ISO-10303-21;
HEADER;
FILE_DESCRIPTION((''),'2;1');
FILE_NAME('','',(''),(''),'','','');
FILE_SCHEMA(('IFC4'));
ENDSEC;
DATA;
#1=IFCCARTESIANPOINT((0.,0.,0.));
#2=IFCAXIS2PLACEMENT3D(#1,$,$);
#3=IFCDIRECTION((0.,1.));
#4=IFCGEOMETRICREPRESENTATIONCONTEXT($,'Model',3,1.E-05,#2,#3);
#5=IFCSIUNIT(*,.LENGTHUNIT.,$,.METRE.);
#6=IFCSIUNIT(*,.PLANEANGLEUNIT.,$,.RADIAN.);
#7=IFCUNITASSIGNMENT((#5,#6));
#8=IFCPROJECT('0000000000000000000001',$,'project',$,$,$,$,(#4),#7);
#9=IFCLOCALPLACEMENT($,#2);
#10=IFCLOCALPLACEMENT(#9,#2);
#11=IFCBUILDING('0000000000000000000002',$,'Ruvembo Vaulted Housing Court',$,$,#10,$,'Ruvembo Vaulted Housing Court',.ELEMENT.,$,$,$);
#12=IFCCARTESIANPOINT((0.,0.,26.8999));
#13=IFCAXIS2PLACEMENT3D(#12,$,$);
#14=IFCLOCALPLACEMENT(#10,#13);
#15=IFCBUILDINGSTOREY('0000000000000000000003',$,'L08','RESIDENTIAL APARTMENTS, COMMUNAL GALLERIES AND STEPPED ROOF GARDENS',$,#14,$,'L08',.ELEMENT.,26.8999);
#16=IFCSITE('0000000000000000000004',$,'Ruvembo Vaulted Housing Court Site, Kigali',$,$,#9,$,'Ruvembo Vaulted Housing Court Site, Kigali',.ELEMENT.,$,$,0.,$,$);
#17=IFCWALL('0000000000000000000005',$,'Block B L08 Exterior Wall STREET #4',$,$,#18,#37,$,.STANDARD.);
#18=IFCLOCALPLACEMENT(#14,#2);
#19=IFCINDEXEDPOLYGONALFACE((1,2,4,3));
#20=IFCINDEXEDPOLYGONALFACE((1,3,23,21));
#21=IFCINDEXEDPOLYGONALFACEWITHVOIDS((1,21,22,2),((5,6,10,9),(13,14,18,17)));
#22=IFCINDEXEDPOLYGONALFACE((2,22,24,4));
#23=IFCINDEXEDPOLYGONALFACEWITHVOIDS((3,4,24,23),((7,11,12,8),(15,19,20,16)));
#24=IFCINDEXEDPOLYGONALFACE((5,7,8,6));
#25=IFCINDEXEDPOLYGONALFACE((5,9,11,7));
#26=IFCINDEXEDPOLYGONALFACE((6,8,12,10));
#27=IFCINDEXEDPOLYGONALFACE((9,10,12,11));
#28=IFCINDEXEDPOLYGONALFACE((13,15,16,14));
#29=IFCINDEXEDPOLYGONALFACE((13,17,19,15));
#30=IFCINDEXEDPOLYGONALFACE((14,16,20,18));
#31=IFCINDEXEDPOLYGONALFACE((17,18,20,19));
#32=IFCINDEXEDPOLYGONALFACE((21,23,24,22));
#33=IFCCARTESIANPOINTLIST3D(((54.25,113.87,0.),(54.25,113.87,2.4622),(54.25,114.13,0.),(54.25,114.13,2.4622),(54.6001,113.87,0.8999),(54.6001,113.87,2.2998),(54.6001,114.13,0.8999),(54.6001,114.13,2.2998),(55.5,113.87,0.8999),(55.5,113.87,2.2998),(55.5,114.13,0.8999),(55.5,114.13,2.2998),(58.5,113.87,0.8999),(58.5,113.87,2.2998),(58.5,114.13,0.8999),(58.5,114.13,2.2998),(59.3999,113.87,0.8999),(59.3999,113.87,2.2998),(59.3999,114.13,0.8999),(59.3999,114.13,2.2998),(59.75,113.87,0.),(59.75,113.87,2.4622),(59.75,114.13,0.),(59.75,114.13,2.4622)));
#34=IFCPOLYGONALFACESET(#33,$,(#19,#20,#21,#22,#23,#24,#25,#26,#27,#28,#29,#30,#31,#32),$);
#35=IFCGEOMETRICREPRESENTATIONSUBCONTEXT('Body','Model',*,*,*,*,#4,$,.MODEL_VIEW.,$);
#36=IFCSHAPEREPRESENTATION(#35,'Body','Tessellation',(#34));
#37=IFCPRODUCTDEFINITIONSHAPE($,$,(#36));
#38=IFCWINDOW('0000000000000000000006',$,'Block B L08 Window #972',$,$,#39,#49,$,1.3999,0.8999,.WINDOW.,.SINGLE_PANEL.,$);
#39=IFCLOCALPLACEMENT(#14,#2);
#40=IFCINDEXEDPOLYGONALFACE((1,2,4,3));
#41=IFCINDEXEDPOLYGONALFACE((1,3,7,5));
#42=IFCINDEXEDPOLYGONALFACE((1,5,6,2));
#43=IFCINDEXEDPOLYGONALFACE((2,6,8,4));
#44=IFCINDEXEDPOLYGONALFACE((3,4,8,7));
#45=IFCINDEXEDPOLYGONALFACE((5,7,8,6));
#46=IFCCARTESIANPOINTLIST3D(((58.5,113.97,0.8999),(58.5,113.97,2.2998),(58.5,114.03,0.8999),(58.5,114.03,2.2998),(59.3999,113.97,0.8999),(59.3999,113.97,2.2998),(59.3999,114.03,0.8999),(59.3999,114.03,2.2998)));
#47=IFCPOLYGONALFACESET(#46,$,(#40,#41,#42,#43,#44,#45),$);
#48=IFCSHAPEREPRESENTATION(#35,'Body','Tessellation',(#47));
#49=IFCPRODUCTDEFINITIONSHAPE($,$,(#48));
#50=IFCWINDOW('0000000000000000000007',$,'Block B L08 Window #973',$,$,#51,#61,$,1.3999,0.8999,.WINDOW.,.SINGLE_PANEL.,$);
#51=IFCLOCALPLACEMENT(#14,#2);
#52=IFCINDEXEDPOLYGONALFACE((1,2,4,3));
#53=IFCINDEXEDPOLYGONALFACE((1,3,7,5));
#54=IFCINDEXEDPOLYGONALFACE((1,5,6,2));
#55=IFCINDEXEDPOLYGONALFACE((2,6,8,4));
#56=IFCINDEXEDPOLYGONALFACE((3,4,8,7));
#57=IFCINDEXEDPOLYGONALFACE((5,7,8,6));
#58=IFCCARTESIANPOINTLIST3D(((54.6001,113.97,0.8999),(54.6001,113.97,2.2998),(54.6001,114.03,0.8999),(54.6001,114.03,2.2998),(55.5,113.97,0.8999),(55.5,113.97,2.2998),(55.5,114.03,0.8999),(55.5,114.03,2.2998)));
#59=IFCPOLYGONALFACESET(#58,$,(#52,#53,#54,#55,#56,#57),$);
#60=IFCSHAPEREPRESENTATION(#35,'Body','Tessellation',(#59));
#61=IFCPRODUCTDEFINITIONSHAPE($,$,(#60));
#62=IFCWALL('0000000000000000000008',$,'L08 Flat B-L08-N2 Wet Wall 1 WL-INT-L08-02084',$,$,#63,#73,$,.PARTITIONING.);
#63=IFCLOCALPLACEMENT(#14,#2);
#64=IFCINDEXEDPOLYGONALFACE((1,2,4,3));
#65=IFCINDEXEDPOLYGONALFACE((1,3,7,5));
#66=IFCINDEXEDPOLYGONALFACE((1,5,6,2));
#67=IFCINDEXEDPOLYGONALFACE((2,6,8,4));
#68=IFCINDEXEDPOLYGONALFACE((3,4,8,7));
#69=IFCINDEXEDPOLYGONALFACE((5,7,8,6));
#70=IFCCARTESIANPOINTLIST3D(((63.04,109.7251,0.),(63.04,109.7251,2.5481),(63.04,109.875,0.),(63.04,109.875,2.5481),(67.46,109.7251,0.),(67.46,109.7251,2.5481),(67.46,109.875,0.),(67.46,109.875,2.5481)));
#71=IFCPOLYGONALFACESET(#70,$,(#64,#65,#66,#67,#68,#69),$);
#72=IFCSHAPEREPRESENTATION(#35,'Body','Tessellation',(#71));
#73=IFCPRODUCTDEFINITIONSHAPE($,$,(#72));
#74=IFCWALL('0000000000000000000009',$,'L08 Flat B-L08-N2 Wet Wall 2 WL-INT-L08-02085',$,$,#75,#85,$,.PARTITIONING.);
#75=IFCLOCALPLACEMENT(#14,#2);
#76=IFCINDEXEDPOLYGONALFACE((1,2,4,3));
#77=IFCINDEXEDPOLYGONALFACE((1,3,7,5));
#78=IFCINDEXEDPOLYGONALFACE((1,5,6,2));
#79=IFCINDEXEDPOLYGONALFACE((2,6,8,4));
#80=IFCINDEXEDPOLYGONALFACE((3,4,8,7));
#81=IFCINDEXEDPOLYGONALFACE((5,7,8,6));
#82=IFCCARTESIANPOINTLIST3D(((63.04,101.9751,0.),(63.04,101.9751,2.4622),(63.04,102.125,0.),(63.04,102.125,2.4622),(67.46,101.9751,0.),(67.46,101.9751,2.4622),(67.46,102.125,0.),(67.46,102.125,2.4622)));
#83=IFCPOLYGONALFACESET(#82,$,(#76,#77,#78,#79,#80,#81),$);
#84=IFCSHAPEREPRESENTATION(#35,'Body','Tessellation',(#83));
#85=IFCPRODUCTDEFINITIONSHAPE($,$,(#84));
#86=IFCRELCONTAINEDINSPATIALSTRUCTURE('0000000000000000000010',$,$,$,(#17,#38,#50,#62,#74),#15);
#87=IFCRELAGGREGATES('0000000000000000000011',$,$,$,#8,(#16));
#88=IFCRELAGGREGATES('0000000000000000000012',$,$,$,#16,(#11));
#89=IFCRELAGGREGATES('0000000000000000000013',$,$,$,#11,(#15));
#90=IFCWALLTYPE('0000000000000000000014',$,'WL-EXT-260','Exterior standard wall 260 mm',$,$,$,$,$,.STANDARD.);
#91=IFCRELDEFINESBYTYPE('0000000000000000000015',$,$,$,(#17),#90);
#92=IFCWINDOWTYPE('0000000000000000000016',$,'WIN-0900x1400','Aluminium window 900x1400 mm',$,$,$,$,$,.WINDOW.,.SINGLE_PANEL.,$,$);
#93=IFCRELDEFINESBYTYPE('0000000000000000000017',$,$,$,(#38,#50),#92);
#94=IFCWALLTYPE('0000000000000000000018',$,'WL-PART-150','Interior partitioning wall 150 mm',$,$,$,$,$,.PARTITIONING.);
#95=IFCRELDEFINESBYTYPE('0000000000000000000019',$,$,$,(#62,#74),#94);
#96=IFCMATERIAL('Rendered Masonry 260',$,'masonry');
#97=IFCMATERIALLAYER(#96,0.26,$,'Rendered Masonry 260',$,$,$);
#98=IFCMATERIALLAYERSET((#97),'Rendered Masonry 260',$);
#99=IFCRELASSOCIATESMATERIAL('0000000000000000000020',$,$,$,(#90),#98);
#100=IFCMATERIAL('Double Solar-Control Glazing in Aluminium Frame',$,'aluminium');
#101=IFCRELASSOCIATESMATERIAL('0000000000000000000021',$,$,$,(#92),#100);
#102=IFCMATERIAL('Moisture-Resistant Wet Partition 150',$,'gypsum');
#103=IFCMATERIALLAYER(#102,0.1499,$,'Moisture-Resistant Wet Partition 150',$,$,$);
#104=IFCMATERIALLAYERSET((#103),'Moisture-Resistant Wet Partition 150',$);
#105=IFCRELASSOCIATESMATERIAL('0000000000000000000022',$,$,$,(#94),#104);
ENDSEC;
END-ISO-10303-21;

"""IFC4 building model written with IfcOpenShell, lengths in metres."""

from ifc_helpers import new_model, si_unit, direction, frame, frame_2d, origin, place, context, subcontext, project, spatial, rectangle, extrude, material, layer, layer_set, type_object, element, fill, save


model = new_model("IFC4")

# Units and contexts
model_context = context("Model", 3, precision=1e-05, world=origin(), true_north=direction((0.0, 1.0)))
body_context = subcontext(model_context, "Body", "Model", "MODEL_VIEW")
ifc_project = project(units=[si_unit("LENGTHUNIT", "METRE"), si_unit("PLANEANGLEUNIT", "RADIAN")], contexts=[model_context])

# Site, building, storey
site_placement = place(None, origin())
site = spatial("IfcSite", under=ifc_project, at=site_placement, Name="Ruvembo Vaulted Housing Court Site, Kigali", LongName="Ruvembo Vaulted Housing Court Site, Kigali", CompositionType="ELEMENT", RefElevation=0.0)
building_placement = place(site_placement, origin())
building = spatial("IfcBuilding", under=site, at=building_placement, Name="Ruvembo Vaulted Housing Court", LongName="Ruvembo Vaulted Housing Court", CompositionType="ELEMENT")
storey_placement = place(building_placement, frame((0.0, 0.0, 26.8999)))
storey = spatial("IfcBuildingStorey", under=building, at=storey_placement, Name="L08", Description="RESIDENTIAL APARTMENTS, COMMUNAL GALLERIES AND STEPPED ROOF GARDENS", LongName="L08", CompositionType="ELEMENT", Elevation=26.8999)

# Wall, openings, windows
ifc_material_1 = material(Name="Rendered Masonry 260", Category="masonry")
ifc_layer_1 = layer(ifc_material_1, 0.26, Name="Rendered Masonry 260")
ifc_layer_set_1 = layer_set([ifc_layer_1], Name="Rendered Masonry 260")
wall_type_1 = type_object("IfcWallType", Name="WL-EXT-260", Description="Exterior standard wall 260 mm", PredefinedType="STANDARD", material=ifc_layer_set_1)
ifc_material_2 = material(Name="Double Solar-Control Glazing in Aluminium Frame", Category="aluminium")
wall_1_placement = place(storey_placement, frame((59.75, 114.0, 0.0), z_axis=(0.0, 0.0, 1.0), x_axis=(-1.0, 0.0, 0.0)))
wall_1 = element("IfcWall", 1, at=wall_1_placement, inside=storey, type_object=wall_type_1, Name="Block B L08 Exterior Wall STREET #4", PredefinedType="STANDARD", context=body_context, shape_type="SweptSolid", body=[
    extrude(rectangle(XDim=5.5, YDim=0.26, at=frame_2d((2.75, 0.0))), origin(), (0.0, 0.0, 1.0), 2.4622),
])
opening_1_placement = place(wall_1_placement, frame((0.3501, 0.0, 0.8999)))
opening_1 = element("IfcOpeningElement", 2, at=opening_1_placement, cuts=wall_1, PredefinedType="OPENING", context=body_context, shape_type="SweptSolid", body=[
    extrude(rectangle(XDim=0.8999, YDim=1.3999, at=frame_2d((0.45, 0.7))), frame((0.0, 0.1399, 0.0), z_axis=(0.0, -1.0, 0.0), x_axis=(1.0, 0.0, 0.0)), (0.0, 0.0, 1.0), 0.28),
])
opening_2_placement = place(wall_1_placement, frame((4.25, 0.0, 0.8999)))
opening_2 = element("IfcOpeningElement", 3, at=opening_2_placement, cuts=wall_1, PredefinedType="OPENING", context=body_context, shape_type="SweptSolid", body=[
    extrude(rectangle(XDim=0.8999, YDim=1.3999, at=frame_2d((0.45, 0.7))), frame((0.0, 0.1399, 0.0), z_axis=(0.0, -1.0, 0.0), x_axis=(1.0, 0.0, 0.0)), (0.0, 0.0, 1.0), 0.28),
])
window_type_1 = type_object("IfcWindowType", Name="WIN-0900x1400", Description="Aluminium window 900x1400 mm", PartitioningType="SINGLE_PANEL", PredefinedType="WINDOW", material=ifc_material_2)
window_1_placement = place(opening_1_placement, origin())
window_1 = element("IfcWindow", 4, at=window_1_placement, inside=storey, type_object=window_type_1, Name="Block B L08 Window #972", OverallHeight=1.3999, OverallWidth=0.8999, PartitioningType="SINGLE_PANEL", PredefinedType="WINDOW", context=body_context, shape_type="SweptSolid", body=[
    extrude(rectangle(XDim=0.8999, YDim=1.3999, at=frame_2d((0.45, 0.7))), frame((0.0, 0.03, 0.0), z_axis=(0.0, -1.0, 0.0), x_axis=(1.0, 0.0, 0.0)), (0.0, 0.0, 1.0), 0.0601),
])
fill(opening_1, window_1)
window_2_placement = place(opening_2_placement, origin())
window_2 = element("IfcWindow", 5, at=window_2_placement, inside=storey, type_object=window_type_1, Name="Block B L08 Window #973", OverallHeight=1.3999, OverallWidth=0.8999, PartitioningType="SINGLE_PANEL", PredefinedType="WINDOW", context=body_context, shape_type="SweptSolid", body=[
    extrude(rectangle(XDim=0.8999, YDim=1.3999, at=frame_2d((0.45, 0.7))), frame((0.0, 0.03, 0.0), z_axis=(0.0, -1.0, 0.0), x_axis=(1.0, 0.0, 0.0)), (0.0, 0.0, 1.0), 0.0601),
])
fill(opening_2, window_2)

# Walls
ifc_material_3 = material(Name="Moisture-Resistant Wet Partition 150", Category="gypsum")
ifc_layer_2 = layer(ifc_material_3, 0.1499, Name="Moisture-Resistant Wet Partition 150")
ifc_layer_set_2 = layer_set([ifc_layer_2], Name="Moisture-Resistant Wet Partition 150")
wall_type_2 = type_object("IfcWallType", Name="WL-PART-150", Description="Interior partitioning wall 150 mm", PredefinedType="PARTITIONING", material=ifc_layer_set_2)
wall_2_placement = place(storey_placement, frame((63.04, 109.8, 0.0), z_axis=(0.0, 0.0, 1.0), x_axis=(1.0, 0.0, 0.0)))
element("IfcWall", 6, at=wall_2_placement, inside=storey, type_object=wall_type_2, Name="L08 Flat B-L08-N2 Wet Wall 1 WL-INT-L08-02084", PredefinedType="PARTITIONING", context=body_context, shape_type="SweptSolid", body=[
    extrude(rectangle(XDim=4.4199, YDim=0.1499, at=frame_2d((2.21, 0.0))), origin(), (0.0, 0.0, 1.0), 2.5481),
])
wall_3_placement = place(storey_placement, frame((63.04, 102.05, 0.0), z_axis=(0.0, 0.0, 1.0), x_axis=(1.0, 0.0, 0.0)))
element("IfcWall", 7, at=wall_3_placement, inside=storey, type_object=wall_type_2, Name="L08 Flat B-L08-N2 Wet Wall 2 WL-INT-L08-02085", PredefinedType="PARTITIONING", context=body_context, shape_type="SweptSolid", body=[
    extrude(rectangle(XDim=4.4199, YDim=0.1499, at=frame_2d((2.21, 0.0))), origin(), (0.0, 0.0, 1.0), 2.4622),
])

save(model, "model.ifc")
